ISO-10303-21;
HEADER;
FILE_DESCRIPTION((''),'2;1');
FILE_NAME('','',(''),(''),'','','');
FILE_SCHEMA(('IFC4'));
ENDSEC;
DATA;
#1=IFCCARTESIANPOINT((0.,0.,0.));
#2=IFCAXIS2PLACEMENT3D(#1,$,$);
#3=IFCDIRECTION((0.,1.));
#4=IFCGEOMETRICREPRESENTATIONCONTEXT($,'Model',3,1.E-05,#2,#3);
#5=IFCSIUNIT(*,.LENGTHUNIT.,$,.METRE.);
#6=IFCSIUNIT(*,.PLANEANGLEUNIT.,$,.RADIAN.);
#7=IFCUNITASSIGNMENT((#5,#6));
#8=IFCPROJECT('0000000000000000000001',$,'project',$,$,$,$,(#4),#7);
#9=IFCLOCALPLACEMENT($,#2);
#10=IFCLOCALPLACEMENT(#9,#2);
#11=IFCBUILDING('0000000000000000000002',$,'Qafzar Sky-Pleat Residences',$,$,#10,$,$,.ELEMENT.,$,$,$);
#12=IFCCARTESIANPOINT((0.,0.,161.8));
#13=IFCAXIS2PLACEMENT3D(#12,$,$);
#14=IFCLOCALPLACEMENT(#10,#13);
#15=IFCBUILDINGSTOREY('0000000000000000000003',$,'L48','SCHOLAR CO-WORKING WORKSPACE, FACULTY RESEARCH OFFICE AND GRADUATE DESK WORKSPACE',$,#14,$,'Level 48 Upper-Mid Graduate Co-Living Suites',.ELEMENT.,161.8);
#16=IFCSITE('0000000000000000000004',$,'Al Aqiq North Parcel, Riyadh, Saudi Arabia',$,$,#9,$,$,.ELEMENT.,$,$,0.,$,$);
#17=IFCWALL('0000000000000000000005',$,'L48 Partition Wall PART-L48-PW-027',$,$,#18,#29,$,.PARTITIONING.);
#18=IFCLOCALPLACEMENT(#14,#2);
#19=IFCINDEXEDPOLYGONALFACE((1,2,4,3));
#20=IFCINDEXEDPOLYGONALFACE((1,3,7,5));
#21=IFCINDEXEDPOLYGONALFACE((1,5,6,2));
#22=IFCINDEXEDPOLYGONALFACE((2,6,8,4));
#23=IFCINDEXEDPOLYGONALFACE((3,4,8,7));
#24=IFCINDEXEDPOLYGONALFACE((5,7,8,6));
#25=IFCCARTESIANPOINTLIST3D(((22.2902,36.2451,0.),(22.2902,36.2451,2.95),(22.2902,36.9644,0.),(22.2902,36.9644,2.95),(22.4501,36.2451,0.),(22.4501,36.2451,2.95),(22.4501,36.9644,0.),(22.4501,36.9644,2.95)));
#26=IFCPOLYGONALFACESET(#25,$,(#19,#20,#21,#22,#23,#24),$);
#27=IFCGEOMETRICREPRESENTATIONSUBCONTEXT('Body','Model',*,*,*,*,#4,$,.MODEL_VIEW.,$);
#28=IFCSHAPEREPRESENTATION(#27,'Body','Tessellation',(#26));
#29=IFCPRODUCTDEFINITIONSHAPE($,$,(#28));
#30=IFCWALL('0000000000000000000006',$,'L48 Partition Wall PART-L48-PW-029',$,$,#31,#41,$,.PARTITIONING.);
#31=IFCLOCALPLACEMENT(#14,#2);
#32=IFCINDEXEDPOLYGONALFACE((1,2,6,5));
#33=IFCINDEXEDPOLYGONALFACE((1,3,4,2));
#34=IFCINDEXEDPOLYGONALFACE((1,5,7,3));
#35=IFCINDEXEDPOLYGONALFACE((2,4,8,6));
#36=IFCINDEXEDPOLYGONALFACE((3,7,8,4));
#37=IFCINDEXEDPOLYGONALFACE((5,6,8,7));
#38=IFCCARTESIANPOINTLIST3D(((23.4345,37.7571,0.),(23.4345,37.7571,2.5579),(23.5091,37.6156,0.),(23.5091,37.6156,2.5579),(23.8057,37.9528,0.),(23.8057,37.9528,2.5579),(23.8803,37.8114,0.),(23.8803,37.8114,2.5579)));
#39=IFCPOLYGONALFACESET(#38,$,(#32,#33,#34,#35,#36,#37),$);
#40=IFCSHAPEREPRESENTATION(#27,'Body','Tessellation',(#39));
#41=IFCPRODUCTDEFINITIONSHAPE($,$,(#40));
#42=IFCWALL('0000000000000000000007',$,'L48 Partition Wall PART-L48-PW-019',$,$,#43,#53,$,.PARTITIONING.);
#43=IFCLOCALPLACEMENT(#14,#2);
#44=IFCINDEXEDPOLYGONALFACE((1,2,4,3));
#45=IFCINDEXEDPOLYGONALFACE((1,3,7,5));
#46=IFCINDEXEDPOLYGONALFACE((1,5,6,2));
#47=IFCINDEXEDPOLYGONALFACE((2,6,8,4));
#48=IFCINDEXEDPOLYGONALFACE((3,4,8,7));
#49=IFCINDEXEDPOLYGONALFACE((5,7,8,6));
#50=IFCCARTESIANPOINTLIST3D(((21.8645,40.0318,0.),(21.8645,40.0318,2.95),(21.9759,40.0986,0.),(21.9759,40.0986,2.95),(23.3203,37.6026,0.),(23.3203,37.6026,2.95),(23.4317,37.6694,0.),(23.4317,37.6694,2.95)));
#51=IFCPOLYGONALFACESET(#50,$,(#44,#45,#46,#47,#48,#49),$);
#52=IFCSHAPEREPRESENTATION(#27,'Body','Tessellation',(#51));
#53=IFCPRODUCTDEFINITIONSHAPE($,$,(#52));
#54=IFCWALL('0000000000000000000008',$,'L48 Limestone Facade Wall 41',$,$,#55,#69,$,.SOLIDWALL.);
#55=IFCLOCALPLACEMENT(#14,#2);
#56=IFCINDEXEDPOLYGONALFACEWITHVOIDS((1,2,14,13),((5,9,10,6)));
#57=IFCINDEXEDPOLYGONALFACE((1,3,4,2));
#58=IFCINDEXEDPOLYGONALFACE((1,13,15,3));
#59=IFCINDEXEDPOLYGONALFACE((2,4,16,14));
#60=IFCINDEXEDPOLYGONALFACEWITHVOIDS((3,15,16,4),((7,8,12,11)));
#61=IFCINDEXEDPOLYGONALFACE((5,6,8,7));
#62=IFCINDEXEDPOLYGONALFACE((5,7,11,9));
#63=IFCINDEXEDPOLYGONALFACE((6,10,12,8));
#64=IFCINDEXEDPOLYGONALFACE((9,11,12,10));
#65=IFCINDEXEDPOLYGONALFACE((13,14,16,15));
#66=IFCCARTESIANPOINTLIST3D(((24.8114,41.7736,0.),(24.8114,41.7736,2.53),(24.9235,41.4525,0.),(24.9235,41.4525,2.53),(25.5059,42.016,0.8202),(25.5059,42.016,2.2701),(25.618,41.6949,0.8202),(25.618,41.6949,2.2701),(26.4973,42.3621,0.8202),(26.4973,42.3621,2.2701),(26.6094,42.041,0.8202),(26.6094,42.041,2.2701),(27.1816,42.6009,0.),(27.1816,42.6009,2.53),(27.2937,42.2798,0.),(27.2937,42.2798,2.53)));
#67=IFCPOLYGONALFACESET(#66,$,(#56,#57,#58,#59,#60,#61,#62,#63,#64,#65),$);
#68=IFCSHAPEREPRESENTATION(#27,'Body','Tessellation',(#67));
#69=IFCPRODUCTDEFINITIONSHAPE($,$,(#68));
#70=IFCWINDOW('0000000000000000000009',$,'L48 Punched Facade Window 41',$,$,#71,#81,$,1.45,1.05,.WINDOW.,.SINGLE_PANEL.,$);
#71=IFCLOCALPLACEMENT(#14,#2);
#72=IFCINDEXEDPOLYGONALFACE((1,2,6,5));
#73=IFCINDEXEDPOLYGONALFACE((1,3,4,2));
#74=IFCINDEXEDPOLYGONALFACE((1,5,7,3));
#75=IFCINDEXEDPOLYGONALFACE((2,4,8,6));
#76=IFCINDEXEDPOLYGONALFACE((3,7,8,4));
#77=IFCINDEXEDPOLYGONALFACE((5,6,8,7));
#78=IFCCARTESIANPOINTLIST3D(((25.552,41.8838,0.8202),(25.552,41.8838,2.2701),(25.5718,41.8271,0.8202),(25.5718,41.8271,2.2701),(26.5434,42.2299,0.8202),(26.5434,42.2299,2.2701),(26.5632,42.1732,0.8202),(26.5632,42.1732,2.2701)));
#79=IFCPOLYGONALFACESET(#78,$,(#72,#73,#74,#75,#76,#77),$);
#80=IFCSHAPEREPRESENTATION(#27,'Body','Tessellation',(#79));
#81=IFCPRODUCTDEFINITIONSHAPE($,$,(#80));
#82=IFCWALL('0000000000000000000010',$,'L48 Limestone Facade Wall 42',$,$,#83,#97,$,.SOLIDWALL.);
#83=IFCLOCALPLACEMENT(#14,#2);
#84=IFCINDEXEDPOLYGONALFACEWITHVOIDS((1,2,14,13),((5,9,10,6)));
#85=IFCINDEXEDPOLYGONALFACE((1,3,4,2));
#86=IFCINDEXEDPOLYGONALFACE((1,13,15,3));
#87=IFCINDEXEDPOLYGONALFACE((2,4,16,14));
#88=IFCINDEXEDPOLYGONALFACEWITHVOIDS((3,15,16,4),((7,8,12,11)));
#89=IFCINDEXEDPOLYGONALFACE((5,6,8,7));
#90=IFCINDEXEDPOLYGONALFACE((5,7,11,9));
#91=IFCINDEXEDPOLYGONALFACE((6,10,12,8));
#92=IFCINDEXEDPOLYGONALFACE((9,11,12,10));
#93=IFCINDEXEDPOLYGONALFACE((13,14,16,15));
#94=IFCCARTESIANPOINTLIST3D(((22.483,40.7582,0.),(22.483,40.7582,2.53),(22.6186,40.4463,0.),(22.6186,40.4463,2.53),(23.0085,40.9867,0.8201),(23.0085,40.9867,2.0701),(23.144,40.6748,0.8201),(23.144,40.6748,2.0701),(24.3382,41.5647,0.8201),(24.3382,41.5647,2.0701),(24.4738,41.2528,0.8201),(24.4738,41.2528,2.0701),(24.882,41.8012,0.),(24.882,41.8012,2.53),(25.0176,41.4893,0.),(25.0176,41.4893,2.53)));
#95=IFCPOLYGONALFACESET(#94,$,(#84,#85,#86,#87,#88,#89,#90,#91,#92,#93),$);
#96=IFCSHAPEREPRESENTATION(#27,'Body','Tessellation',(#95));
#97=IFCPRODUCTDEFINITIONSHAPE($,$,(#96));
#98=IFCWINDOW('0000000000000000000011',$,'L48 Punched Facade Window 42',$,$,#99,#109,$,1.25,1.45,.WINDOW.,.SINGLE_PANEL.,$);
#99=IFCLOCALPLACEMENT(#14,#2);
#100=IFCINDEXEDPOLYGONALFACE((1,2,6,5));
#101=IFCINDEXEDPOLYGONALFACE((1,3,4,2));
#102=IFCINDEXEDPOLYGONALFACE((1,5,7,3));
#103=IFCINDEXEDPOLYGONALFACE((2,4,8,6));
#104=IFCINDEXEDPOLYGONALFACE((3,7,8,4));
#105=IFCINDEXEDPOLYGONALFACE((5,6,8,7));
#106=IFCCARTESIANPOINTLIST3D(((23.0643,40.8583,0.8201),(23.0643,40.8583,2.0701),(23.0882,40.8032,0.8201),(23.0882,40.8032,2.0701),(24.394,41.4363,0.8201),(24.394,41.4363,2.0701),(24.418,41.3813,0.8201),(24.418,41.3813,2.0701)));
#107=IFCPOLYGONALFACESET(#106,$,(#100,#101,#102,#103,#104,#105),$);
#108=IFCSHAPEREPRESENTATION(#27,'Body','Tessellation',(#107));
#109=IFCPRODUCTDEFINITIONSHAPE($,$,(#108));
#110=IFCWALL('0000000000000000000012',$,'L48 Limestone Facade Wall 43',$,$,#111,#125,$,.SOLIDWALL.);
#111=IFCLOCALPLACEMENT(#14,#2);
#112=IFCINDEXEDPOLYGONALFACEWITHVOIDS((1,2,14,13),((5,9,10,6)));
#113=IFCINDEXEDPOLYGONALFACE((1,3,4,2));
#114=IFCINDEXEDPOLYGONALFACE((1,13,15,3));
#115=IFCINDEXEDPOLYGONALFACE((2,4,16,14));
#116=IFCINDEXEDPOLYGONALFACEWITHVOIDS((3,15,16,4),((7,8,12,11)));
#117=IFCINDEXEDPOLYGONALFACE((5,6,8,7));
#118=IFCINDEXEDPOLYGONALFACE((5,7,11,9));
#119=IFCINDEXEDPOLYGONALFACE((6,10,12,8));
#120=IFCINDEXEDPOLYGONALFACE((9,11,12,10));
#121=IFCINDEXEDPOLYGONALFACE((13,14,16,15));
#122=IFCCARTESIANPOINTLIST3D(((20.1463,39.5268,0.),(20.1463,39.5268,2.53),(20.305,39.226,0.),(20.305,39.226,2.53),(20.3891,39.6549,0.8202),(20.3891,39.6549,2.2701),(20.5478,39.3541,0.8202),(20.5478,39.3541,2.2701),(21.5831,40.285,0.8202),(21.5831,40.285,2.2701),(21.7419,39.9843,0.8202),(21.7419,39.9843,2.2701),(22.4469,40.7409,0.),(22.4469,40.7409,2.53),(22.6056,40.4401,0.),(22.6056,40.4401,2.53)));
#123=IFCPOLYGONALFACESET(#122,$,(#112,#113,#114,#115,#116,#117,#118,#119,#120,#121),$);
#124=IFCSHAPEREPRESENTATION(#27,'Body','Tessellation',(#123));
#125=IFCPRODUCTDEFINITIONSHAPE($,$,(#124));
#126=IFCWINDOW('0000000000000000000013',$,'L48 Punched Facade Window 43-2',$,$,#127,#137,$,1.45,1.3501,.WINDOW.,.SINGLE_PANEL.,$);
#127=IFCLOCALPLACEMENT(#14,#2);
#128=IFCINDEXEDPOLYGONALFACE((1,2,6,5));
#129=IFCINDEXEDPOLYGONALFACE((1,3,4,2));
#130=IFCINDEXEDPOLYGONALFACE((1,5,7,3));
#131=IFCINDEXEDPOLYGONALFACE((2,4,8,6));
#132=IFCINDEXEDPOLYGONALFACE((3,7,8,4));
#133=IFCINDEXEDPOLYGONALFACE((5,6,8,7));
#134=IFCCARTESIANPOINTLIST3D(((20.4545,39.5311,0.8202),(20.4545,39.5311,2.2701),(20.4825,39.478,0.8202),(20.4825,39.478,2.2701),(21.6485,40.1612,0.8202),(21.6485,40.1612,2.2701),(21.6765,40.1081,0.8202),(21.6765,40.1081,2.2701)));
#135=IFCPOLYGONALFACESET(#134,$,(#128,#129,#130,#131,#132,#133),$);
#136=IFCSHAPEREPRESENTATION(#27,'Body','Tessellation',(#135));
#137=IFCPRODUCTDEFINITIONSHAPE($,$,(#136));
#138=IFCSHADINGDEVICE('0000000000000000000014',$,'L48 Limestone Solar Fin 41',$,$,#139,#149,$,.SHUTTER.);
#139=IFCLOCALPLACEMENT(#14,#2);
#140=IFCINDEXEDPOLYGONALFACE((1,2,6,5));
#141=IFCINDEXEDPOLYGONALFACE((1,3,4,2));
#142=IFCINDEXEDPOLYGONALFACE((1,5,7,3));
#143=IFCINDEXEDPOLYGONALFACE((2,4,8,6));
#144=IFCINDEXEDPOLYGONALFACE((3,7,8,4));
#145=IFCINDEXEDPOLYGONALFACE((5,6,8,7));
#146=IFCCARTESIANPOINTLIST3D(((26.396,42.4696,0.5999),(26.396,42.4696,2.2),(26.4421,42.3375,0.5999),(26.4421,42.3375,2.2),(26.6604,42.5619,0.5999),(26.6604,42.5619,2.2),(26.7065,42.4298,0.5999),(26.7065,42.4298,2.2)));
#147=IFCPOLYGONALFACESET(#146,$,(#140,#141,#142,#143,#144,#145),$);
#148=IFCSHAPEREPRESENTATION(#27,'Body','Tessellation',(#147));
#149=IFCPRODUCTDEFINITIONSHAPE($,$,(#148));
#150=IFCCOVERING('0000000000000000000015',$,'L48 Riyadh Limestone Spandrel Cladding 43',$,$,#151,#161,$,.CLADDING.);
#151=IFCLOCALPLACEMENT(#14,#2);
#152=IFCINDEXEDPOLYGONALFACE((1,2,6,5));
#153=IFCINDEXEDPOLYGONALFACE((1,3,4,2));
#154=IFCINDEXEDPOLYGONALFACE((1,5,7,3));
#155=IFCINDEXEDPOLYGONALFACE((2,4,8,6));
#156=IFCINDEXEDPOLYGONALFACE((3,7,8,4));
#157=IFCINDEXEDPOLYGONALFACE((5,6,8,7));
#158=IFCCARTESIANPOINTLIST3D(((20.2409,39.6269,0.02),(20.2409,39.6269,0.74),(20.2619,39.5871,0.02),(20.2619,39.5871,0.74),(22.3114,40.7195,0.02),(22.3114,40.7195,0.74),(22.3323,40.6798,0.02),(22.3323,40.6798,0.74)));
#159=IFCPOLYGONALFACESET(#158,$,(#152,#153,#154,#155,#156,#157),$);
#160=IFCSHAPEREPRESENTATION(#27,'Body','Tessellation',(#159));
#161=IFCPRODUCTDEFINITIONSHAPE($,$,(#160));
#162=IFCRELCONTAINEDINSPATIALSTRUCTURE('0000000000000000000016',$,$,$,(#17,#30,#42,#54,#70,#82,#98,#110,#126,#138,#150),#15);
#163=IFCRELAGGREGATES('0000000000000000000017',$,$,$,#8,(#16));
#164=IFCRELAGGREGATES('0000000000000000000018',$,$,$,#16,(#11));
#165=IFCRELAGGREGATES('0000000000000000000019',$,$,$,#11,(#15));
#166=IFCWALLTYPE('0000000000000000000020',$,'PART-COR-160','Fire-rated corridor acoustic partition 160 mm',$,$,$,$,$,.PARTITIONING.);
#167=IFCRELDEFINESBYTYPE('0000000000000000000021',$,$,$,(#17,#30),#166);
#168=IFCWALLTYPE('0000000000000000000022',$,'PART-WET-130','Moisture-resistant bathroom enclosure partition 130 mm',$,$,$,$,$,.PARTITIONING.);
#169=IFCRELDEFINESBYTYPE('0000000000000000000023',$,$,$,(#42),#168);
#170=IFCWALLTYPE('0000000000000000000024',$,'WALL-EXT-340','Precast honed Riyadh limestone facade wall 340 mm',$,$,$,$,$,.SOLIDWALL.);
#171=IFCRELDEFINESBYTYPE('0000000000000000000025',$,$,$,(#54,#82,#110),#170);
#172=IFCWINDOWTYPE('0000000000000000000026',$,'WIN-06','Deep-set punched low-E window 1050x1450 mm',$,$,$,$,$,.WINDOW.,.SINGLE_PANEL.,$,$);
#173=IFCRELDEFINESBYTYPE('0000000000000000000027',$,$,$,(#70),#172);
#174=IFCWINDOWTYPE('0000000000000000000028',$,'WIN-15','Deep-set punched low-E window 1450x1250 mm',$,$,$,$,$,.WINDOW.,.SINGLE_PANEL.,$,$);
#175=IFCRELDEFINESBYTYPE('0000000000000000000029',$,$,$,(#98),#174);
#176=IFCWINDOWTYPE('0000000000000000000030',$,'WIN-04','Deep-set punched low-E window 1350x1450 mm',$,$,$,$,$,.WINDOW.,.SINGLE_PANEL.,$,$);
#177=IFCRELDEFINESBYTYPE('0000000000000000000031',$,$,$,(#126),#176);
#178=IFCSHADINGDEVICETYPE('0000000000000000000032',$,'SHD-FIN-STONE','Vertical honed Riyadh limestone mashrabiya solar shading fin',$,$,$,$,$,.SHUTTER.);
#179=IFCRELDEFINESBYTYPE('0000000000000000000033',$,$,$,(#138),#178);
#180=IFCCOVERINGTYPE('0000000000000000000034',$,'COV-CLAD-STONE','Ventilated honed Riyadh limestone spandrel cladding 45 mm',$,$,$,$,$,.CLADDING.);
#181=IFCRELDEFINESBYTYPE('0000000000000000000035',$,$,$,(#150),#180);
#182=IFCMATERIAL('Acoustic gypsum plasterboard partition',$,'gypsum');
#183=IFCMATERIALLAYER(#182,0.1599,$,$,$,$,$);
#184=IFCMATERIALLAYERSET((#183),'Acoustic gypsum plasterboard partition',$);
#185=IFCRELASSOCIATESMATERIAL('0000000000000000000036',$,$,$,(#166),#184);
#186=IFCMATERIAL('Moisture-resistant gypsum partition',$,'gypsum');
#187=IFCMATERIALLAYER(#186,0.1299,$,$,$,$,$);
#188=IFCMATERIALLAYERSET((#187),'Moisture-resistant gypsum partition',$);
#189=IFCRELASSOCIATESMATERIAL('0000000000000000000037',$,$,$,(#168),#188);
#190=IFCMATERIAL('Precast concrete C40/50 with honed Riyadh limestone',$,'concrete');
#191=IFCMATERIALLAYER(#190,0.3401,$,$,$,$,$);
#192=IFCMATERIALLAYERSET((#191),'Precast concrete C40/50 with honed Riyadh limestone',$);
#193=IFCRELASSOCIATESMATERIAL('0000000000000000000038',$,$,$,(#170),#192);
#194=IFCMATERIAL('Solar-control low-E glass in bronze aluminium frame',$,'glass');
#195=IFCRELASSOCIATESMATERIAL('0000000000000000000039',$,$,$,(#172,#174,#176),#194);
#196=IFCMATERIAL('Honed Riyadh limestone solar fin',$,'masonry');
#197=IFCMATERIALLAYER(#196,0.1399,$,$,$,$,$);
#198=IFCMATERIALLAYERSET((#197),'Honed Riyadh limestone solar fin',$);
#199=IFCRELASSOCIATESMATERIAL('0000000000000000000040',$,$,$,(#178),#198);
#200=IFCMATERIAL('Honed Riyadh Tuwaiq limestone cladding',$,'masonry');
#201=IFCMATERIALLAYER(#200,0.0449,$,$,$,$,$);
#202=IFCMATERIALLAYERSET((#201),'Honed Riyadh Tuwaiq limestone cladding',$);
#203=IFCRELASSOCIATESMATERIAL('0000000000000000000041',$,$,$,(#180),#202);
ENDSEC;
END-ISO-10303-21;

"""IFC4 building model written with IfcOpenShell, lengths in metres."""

from ifc_helpers import new_model, si_unit, direction, frame, frame_2d, origin, origin_2d, place, context, subcontext, project, spatial, rectangle, extrude, source, transform, mapped, material, layer, layer_set, type_object, element, fill, save


model = new_model("IFC4")

# Units and contexts
model_context = context("Model", 3, precision=1e-05, world=origin(), true_north=direction((0.0, 1.0)))
body_context = subcontext(model_context, "Body", "Model", "MODEL_VIEW")
ifc_project = project(units=[si_unit("LENGTHUNIT", "METRE"), si_unit("PLANEANGLEUNIT", "RADIAN")], contexts=[model_context])

# Site, building, storey
site_placement = place(None, origin())
site = spatial("IfcSite", under=ifc_project, at=site_placement, Name="Al Aqiq North Parcel, Riyadh, Saudi Arabia", CompositionType="ELEMENT", RefElevation=0.0)
building_placement = place(site_placement, origin())
building = spatial("IfcBuilding", under=site, at=building_placement, Name="Qafzar Sky-Pleat Residences", CompositionType="ELEMENT")
storey_placement = place(building_placement, frame((0.0, 0.0, 161.8)))
storey = spatial("IfcBuildingStorey", under=building, at=storey_placement, Name="L48", Description="SCHOLAR CO-WORKING WORKSPACE, FACULTY RESEARCH OFFICE AND GRADUATE DESK WORKSPACE", LongName="Level 48 Upper-Mid Graduate Co-Living Suites", CompositionType="ELEMENT", Elevation=161.8)

# Shared definitions
ifc_material_1 = material(Name="Acoustic gypsum plasterboard partition", Category="gypsum")
ifc_layer_1 = layer(ifc_material_1, 0.1599)
ifc_layer_set_1 = layer_set([ifc_layer_1], Name="Acoustic gypsum plasterboard partition")
wall_type_1 = type_object("IfcWallType", Name="PART-COR-160", Description="Fire-rated corridor acoustic partition 160 mm", PredefinedType="PARTITIONING", material=ifc_layer_set_1)

# Walls
wall_1_placement = place(storey_placement, frame((22.3701, 36.2451, 0.0), z_axis=(0.0, 0.0, 1.0), x_axis=(0.0, 1.0, 0.0)))
element("IfcWall", 1, at=wall_1_placement, inside=storey, type_object=wall_type_1, Name="L48 Partition Wall PART-L48-PW-027", PredefinedType="PARTITIONING", context=body_context, shape_type="SweptSolid", body=[
    extrude(rectangle(XDim=0.7192, YDim=0.1599, at=frame_2d((0.3596, 0.0))), origin(), (0.0, 0.0, 1.0), 2.95),
])
wall_2_placement = place(storey_placement, frame((23.4717, 37.6863, 0.0), z_axis=(0.0, 0.0, 1.0), x_axis=(0.884565, 0.466417, 0.0)))
element("IfcWall", 2, at=wall_2_placement, inside=storey, type_object=wall_type_1, Name="L48 Partition Wall PART-L48-PW-029", PredefinedType="PARTITIONING", context=body_context, shape_type="SweptSolid", body=[
    extrude(rectangle(XDim=0.4197, YDim=0.1599, at=frame_2d((0.21, 0.0))), origin(), (0.0, 0.0, 1.0), 2.5579),
])
ifc_material_2 = material(Name="Moisture-resistant gypsum partition", Category="gypsum")
ifc_layer_2 = layer(ifc_material_2, 0.1299)
ifc_layer_set_2 = layer_set([ifc_layer_2], Name="Moisture-resistant gypsum partition")
wall_type_2 = type_object("IfcWallType", Name="PART-WET-130", Description="Moisture-resistant bathroom enclosure partition 130 mm", PredefinedType="PARTITIONING", material=ifc_layer_set_2)
wall_3_placement = place(storey_placement, frame((21.9202, 40.0652, 0.0), z_axis=(0.0, 0.0, 1.0), x_axis=(0.514052, -0.857759, 0.0)))
element("IfcWall", 3, at=wall_3_placement, inside=storey, type_object=wall_type_2, Name="L48 Partition Wall PART-L48-PW-019", PredefinedType="PARTITIONING", context=body_context, shape_type="SweptSolid", body=[
    extrude(rectangle(XDim=2.832, YDim=0.1299, at=frame_2d((1.416, 0.0))), origin(), (0.0, 0.0, 1.0), 2.95),
])

# Walls, openings, windows
ifc_material_3 = material(Name="Precast concrete C40/50 with honed Riyadh limestone", Category="concrete")
ifc_layer_3 = layer(ifc_material_3, 0.3401)
ifc_layer_set_3 = layer_set([ifc_layer_3], Name="Precast concrete C40/50 with honed Riyadh limestone")
wall_type_3 = type_object("IfcWallType", Name="WALL-EXT-340", Description="Precast honed Riyadh limestone facade wall 340 mm", PredefinedType="SOLIDWALL", material=ifc_layer_set_3)
wall_4_placement = place(storey_placement, frame((27.2378, 42.4404, 0.0), z_axis=(0.0, 0.0, 1.0), x_axis=(-0.944135, -0.329558, 0.0)))
wall_4 = element("IfcWall", 4, at=wall_4_placement, inside=storey, type_object=wall_type_3, Name="L48 Limestone Facade Wall 41", PredefinedType="SOLIDWALL", context=body_context, shape_type="SweptSolid", body=[
    extrude(rectangle(XDim=2.5105, YDim=0.3401, at=frame_2d((1.2554, 0.0))), origin(), (0.0, 0.0, 1.0), 2.53),
])
opening_1_placement = place(wall_4_placement, frame((0.7251, 0.0, 0.8201)))
opening_1 = element("IfcOpeningElement", 5, at=opening_1_placement, cuts=wall_4, PredefinedType="OPENING", context=body_context, shape_type="SweptSolid", body=[
    extrude(rectangle(XDim=1.05, YDim=1.45, at=frame_2d((0.5249, 0.7251))), frame((0.0, 0.1802, 0.0), z_axis=(0.0, -1.0, 0.0), x_axis=(1.0, 0.0, 0.0)), (0.0, 0.0, 1.0), 0.3601),
])
ifc_material_4 = material(Name="Solar-control low-E glass in bronze aluminium frame", Category="glass")
window_type_1 = type_object("IfcWindowType", Name="WIN-06", Description="Deep-set punched low-E window 1050x1450 mm", PartitioningType="SINGLE_PANEL", PredefinedType="WINDOW", material=ifc_material_4)
shared_shape_1 = source(origin(), body_context, "Body", "SweptSolid", [
    extrude(rectangle(XDim=1.05, YDim=1.45, at=frame_2d((0.5249, 0.7251))), frame((0.0, 0.03, 0.0), z_axis=(0.0, -1.0, 0.0), x_axis=(1.0, 0.0, 0.0)), (0.0, 0.0, 1.0), 0.0601),
])
window_1_placement = place(opening_1_placement, origin())
window_1 = element("IfcWindow", 6, at=window_1_placement, inside=storey, type_object=window_type_1, Name="L48 Punched Facade Window 41", OverallHeight=1.45, OverallWidth=1.05, PartitioningType="SINGLE_PANEL", PredefinedType="WINDOW", context=body_context, shape_type="MappedRepresentation", body=[
    mapped(shared_shape_1, transform((0.0, 0.0, 0.0), x_axis=(1.0, 0.0, 0.0), y_axis=(0.0, 1.0, 0.0), z_axis=(0.0, 0.0, 1.0), scale=1.0)),
])
fill(opening_1, window_1)
wall_5_placement = place(storey_placement, frame((24.95, 41.6453, 0.0), z_axis=(0.0, 0.0, 1.0), x_axis=(-0.917091, -0.398678, 0.0)))
wall_5 = element("IfcWall", 7, at=wall_5_placement, inside=storey, type_object=wall_type_3, Name="L48 Limestone Facade Wall 42", PredefinedType="SOLIDWALL", context=body_context, shape_type="SweptSolid", body=[
    extrude(rectangle(XDim=2.616, YDim=0.3401, at=frame_2d((1.3081, 0.0))), origin(), (0.0, 0.0, 1.0), 2.53),
])
opening_2_placement = place(wall_5_placement, frame((0.593, 0.0, 0.8201)))
opening_2 = element("IfcOpeningElement", 8, at=opening_2_placement, cuts=wall_5, PredefinedType="OPENING", context=body_context, shape_type="SweptSolid", body=[
    extrude(rectangle(XDim=1.45, YDim=1.25, at=frame_2d((0.7251, 0.625))), frame((0.0, 0.1802, 0.0), z_axis=(0.0, -1.0, 0.0), x_axis=(1.0, 0.0, 0.0)), (0.0, 0.0, 1.0), 0.3601),
])
window_type_2 = type_object("IfcWindowType", Name="WIN-15", Description="Deep-set punched low-E window 1450x1250 mm", PartitioningType="SINGLE_PANEL", PredefinedType="WINDOW", material=ifc_material_4)
shared_shape_2 = source(origin(), body_context, "Body", "SweptSolid", [
    extrude(rectangle(XDim=1.45, YDim=1.25, at=frame_2d((0.7251, 0.625))), frame((0.0, 0.03, 0.0), z_axis=(0.0, -1.0, 0.0), x_axis=(1.0, 0.0, 0.0)), (0.0, 0.0, 1.0), 0.0601),
])
window_2_placement = place(opening_2_placement, origin())
window_2 = element("IfcWindow", 9, at=window_2_placement, inside=storey, type_object=window_type_2, Name="L48 Punched Facade Window 42", OverallHeight=1.25, OverallWidth=1.45, PartitioningType="SINGLE_PANEL", PredefinedType="WINDOW", context=body_context, shape_type="MappedRepresentation", body=[
    mapped(shared_shape_2, transform((0.0, 0.0, 0.0), x_axis=(1.0, 0.0, 0.0), y_axis=(0.0, 1.0, 0.0), z_axis=(0.0, 0.0, 1.0), scale=1.0)),
])
fill(opening_2, window_2)
wall_6_placement = place(storey_placement, frame((22.5264, 40.5906, 0.0), z_axis=(0.0, 0.0, 1.0), x_axis=(-0.884394, -0.46674, 0.0)))
wall_6 = element("IfcWall", 10, at=wall_6_placement, inside=storey, type_object=wall_type_3, Name="L48 Limestone Facade Wall 43", PredefinedType="SOLIDWALL", context=body_context, shape_type="SweptSolid", body=[
    extrude(rectangle(XDim=2.6013, YDim=0.3401, at=frame_2d((1.3008, 0.0))), origin(), (0.0, 0.0, 1.0), 2.53),
])
opening_3_placement = place(wall_6_placement, frame((0.9768, 0.0, 0.8201)))
opening_3 = element("IfcOpeningElement", 11, at=opening_3_placement, cuts=wall_6, PredefinedType="OPENING", context=body_context, shape_type="SweptSolid", body=[
    extrude(rectangle(XDim=1.3501, YDim=1.45, at=frame_2d((0.675, 0.7251))), frame((0.0, 0.1802, 0.0), z_axis=(0.0, -1.0, 0.0), x_axis=(1.0, 0.0, 0.0)), (0.0, 0.0, 1.0), 0.3601),
])
window_type_3 = type_object("IfcWindowType", Name="WIN-04", Description="Deep-set punched low-E window 1350x1450 mm", PartitioningType="SINGLE_PANEL", PredefinedType="WINDOW", material=ifc_material_4)
shared_shape_3 = source(origin(), body_context, "Body", "SweptSolid", [
    extrude(rectangle(XDim=1.3501, YDim=1.45, at=frame_2d((0.675, 0.7251))), frame((0.0, 0.03, 0.0), z_axis=(0.0, -1.0, 0.0), x_axis=(1.0, 0.0, 0.0)), (0.0, 0.0, 1.0), 0.0601),
])
window_3_placement = place(opening_3_placement, origin())
window_3 = element("IfcWindow", 12, at=window_3_placement, inside=storey, type_object=window_type_3, Name="L48 Punched Facade Window 43-2", OverallHeight=1.45, OverallWidth=1.3501, PartitioningType="SINGLE_PANEL", PredefinedType="WINDOW", context=body_context, shape_type="MappedRepresentation", body=[
    mapped(shared_shape_3, transform((0.0, 0.0, 0.0), x_axis=(1.0, 0.0, 0.0), y_axis=(0.0, 1.0, 0.0), z_axis=(0.0, 0.0, 1.0), scale=1.0)),
])
fill(opening_3, window_3)

# Shading device
ifc_material_5 = material(Name="Honed Riyadh limestone solar fin", Category="masonry")
ifc_layer_4 = layer(ifc_material_5, 0.1399)
ifc_layer_set_4 = layer_set([ifc_layer_4], Name="Honed Riyadh limestone solar fin")
shading_device_type = type_object("IfcShadingDeviceType", Name="SHD-FIN-STONE", Description="Vertical honed Riyadh limestone mashrabiya solar shading fin", PredefinedType="SHUTTER", material=ifc_layer_set_4)
shared_shape_4 = source(origin(), body_context, "Body", "SweptSolid", [
    extrude(rectangle(XDim=0.1399, YDim=0.28, at=origin_2d()), origin(), (0.0, 0.0, 1.0), 1.6001),
])
shading_device_placement = place(storey_placement, frame((26.5513, 42.4497, 0.5999), z_axis=(0.0, 0.0, 1.0), x_axis=(-0.329555, 0.944136, 0.0)))
element("IfcShadingDevice", 13, at=shading_device_placement, inside=storey, type_object=shading_device_type, Name="L48 Limestone Solar Fin 41", PredefinedType="SHUTTER", context=body_context, shape_type="MappedRepresentation", body=[
    mapped(shared_shape_4, transform((0.0, 0.0, 0.0), x_axis=(1.0, 0.0, 0.0), y_axis=(0.0, 1.0, 0.0), z_axis=(0.0, 0.0, 1.0), scale=1.0)),
])

# Covering
ifc_material_6 = material(Name="Honed Riyadh Tuwaiq limestone cladding", Category="masonry")
ifc_layer_5 = layer(ifc_material_6, 0.0449)
ifc_layer_set_5 = layer_set([ifc_layer_5], Name="Honed Riyadh Tuwaiq limestone cladding")
covering_type = type_object("IfcCoveringType", Name="COV-CLAD-STONE", Description="Ventilated honed Riyadh limestone spandrel cladding 45 mm", PredefinedType="CLADDING", material=ifc_layer_set_5)
shared_shape_5 = source(origin(), body_context, "Body", "SweptSolid", [
    extrude(rectangle(XDim=2.3411, YDim=0.0449, at=origin_2d()), origin(), (0.0, 0.0, 1.0), 0.72),
])
covering_placement = place(storey_placement, frame((21.2866, 40.1533, 0.02), z_axis=(0.0, 0.0, 1.0), x_axis=(-0.884402, -0.466727, 0.0)))
element("IfcCovering", 14, at=covering_placement, inside=storey, type_object=covering_type, Name="L48 Riyadh Limestone Spandrel Cladding 43", PredefinedType="CLADDING", context=body_context, shape_type="MappedRepresentation", body=[
    mapped(shared_shape_5, transform((0.0, 0.0, 0.0), x_axis=(1.0, 0.0, 0.0), y_axis=(0.0, 1.0, 0.0), z_axis=(0.0, 0.0, 1.0), scale=1.0)),
])

save(model, "model.ifc")
